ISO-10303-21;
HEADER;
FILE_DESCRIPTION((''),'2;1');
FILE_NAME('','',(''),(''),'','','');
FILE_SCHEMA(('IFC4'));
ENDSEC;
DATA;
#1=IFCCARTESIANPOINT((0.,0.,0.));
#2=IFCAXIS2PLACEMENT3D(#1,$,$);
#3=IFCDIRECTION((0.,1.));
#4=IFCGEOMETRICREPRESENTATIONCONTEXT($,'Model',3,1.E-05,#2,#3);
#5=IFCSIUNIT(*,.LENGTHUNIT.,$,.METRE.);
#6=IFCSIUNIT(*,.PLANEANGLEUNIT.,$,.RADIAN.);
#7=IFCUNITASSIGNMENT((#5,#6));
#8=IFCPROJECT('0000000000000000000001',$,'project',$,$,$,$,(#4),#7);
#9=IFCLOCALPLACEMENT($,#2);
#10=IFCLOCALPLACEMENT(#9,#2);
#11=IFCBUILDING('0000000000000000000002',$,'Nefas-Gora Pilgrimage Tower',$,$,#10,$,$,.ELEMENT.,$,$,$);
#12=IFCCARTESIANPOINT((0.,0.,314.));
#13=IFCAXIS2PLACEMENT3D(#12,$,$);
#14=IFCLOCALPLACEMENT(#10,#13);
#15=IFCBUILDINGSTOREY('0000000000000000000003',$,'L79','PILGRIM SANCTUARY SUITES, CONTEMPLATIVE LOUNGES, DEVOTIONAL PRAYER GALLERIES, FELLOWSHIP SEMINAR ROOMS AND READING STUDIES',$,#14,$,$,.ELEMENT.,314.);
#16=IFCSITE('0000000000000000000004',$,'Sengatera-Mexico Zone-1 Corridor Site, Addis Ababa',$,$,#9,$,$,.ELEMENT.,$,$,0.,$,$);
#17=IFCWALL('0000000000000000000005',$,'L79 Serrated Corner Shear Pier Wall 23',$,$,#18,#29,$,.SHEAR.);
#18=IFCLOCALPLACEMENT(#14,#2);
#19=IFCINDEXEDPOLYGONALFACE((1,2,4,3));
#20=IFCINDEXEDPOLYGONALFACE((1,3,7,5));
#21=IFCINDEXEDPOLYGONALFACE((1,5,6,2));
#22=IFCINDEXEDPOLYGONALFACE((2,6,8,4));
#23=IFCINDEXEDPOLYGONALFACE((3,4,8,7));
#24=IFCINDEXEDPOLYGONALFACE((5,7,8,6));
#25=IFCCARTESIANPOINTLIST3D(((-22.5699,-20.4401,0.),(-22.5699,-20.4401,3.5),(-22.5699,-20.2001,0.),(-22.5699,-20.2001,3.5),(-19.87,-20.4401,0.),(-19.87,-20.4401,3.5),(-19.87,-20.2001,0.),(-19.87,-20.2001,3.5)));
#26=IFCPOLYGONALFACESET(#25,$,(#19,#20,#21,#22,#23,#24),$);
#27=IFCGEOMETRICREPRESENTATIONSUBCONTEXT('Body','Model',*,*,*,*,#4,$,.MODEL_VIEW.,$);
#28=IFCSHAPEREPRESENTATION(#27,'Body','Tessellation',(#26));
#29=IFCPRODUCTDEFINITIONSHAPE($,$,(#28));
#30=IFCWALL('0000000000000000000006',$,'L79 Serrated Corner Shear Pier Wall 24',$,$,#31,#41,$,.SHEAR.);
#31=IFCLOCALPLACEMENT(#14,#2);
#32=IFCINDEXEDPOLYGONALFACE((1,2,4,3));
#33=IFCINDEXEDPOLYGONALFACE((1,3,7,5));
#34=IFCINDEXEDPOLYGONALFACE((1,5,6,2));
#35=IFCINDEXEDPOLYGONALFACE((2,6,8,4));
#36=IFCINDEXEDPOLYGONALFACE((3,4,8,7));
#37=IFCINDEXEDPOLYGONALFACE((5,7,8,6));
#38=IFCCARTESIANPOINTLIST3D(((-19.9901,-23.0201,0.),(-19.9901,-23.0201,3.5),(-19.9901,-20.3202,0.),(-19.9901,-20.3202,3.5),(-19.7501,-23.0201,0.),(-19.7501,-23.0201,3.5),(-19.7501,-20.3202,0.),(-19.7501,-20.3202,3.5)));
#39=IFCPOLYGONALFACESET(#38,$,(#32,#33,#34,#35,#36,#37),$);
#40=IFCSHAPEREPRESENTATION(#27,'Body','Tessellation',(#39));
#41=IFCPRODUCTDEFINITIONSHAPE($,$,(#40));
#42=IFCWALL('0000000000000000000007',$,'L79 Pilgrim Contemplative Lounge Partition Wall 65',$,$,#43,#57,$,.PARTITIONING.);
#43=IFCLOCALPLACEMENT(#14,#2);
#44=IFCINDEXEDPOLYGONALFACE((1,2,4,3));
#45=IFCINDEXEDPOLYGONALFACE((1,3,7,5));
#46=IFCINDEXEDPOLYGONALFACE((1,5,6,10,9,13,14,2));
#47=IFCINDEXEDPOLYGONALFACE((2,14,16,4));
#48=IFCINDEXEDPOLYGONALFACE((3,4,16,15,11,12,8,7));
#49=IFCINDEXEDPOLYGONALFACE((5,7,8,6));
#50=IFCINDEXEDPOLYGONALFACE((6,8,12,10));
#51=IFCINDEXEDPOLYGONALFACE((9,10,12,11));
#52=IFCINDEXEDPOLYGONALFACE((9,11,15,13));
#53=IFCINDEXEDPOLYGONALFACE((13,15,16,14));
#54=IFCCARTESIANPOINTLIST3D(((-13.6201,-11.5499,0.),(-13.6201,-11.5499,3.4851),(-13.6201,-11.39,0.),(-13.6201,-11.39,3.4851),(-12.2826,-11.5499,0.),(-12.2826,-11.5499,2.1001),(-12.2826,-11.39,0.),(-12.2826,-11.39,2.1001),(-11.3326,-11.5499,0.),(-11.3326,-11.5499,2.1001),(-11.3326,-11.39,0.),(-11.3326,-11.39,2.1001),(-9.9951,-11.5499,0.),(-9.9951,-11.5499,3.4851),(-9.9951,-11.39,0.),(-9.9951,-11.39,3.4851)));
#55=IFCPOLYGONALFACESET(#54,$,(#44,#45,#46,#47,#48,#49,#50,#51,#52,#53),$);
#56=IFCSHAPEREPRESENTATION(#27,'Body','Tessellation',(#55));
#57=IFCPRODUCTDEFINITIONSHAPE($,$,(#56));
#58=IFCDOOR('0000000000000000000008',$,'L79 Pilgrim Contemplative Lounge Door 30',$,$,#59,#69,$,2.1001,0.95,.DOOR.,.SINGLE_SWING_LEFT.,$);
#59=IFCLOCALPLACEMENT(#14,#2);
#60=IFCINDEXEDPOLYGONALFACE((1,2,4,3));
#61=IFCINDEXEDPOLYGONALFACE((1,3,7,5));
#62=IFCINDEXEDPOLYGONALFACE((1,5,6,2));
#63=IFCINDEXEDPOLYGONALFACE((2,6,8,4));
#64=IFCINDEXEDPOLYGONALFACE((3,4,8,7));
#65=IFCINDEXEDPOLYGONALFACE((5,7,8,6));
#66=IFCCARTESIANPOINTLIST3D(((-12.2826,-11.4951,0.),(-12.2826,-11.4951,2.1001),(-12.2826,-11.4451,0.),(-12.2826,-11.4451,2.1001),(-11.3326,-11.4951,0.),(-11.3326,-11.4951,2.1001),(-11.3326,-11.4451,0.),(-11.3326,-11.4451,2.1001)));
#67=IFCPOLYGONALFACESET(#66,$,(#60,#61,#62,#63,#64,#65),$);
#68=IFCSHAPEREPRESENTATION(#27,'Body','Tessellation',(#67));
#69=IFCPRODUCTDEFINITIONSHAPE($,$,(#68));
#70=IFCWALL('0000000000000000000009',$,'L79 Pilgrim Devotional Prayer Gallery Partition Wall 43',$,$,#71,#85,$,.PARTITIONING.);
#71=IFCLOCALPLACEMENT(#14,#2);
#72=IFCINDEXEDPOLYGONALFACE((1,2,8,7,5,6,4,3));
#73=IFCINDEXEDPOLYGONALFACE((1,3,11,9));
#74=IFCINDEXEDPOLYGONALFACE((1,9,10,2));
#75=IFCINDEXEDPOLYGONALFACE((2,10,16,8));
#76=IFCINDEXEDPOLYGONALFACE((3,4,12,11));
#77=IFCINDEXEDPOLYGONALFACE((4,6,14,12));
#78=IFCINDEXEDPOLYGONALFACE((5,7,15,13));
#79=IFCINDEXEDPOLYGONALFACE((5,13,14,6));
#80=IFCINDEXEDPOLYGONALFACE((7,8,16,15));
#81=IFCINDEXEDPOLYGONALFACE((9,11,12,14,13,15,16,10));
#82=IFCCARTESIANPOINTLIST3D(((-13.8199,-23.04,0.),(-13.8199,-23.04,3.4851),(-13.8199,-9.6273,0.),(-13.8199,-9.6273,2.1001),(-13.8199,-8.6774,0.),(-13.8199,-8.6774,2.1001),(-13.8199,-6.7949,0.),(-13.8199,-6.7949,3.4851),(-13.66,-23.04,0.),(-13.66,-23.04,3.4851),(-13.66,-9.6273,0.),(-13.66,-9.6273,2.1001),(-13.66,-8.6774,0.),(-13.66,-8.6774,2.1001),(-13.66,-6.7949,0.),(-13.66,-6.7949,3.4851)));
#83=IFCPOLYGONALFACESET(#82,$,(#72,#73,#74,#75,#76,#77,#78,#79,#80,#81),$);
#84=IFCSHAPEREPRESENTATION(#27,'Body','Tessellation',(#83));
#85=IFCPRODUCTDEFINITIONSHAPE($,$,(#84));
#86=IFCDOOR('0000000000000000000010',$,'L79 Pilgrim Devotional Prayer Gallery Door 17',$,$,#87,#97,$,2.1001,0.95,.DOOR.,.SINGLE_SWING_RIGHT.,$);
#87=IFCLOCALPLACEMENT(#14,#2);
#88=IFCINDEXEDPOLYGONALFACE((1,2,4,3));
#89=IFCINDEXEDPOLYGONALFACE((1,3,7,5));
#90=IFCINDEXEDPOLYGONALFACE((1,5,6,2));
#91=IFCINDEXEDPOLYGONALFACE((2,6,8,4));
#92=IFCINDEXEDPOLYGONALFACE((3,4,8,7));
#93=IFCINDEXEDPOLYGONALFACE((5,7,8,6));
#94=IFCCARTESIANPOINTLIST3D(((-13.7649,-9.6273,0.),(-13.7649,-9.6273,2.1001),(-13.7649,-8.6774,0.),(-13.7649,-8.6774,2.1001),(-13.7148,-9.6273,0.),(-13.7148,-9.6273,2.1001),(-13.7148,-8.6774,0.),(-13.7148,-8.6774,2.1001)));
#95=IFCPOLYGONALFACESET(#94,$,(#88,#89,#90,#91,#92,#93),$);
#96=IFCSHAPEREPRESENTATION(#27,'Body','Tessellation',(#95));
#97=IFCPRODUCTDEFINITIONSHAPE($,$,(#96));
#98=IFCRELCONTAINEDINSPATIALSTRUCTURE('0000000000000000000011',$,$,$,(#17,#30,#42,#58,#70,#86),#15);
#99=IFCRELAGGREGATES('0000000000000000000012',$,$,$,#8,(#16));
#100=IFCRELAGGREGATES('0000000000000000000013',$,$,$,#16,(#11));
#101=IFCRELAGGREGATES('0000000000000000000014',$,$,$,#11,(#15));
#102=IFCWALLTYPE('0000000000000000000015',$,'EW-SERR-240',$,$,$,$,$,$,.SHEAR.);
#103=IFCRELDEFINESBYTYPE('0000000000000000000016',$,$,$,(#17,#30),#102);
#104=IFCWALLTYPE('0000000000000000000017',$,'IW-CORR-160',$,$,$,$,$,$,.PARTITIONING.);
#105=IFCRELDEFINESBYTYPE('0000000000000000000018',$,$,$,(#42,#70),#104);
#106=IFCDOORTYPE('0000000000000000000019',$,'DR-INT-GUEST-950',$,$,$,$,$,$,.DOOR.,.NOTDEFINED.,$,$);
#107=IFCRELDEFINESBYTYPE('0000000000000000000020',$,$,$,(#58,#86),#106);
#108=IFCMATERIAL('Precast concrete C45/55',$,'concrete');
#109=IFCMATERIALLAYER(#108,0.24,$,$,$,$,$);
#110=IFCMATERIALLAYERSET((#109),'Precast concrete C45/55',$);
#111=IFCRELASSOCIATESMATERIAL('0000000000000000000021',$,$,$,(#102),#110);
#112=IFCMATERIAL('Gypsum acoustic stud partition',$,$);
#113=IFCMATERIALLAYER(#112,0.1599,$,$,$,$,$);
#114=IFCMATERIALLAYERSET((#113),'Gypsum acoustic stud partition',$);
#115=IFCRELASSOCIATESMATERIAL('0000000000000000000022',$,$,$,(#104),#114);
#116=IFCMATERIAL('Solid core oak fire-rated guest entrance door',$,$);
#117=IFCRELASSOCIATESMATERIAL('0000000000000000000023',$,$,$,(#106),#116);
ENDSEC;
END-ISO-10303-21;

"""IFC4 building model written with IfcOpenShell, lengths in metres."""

from ifc_helpers import new_model, si_unit, direction, frame, frame_2d, origin, place, context, subcontext, project, spatial, rectangle, extrude, source, transform, mapped, material, layer, layer_set, type_object, element, fill, save


model = new_model("IFC4")

# Units and contexts
model_context = context("Model", 3, precision=1e-05, world=origin(), true_north=direction((0.0, 1.0)))
body_context = subcontext(model_context, "Body", "Model", "MODEL_VIEW")
ifc_project = project(units=[si_unit("LENGTHUNIT", "METRE"), si_unit("PLANEANGLEUNIT", "RADIAN")], contexts=[model_context])

# Site, building, storey
site_placement = place(None, origin())
site = spatial("IfcSite", under=ifc_project, at=site_placement, Name="Sengatera-Mexico Zone-1 Corridor Site, Addis Ababa", CompositionType="ELEMENT", RefElevation=0.0)
building_placement = place(site_placement, origin())
building = spatial("IfcBuilding", under=site, at=building_placement, Name="Nefas-Gora Pilgrimage Tower", CompositionType="ELEMENT")
storey_placement = place(building_placement, frame((0.0, 0.0, 314.0)))
storey = spatial("IfcBuildingStorey", under=building, at=storey_placement, Name="L79", Description="PILGRIM SANCTUARY SUITES, CONTEMPLATIVE LOUNGES, DEVOTIONAL PRAYER GALLERIES, FELLOWSHIP SEMINAR ROOMS AND READING STUDIES", CompositionType="ELEMENT", Elevation=314.0)

# Shared definitions
ifc_material_1 = material(Name="Precast concrete C45/55", Category="concrete")
ifc_layer_1 = layer(ifc_material_1, 0.24)
ifc_layer_set_1 = layer_set([ifc_layer_1], Name="Precast concrete C45/55")
wall_type_1 = type_object("IfcWallType", Name="EW-SERR-240", PredefinedType="SHEAR", material=ifc_layer_set_1)
shared_shape_1 = source(origin(), body_context, "Body", "SweptSolid", [
    extrude(rectangle(XDim=2.7, YDim=0.24, at=frame_2d((1.3501, 0.0))), origin(), (0.0, 0.0, 1.0), 3.5),
])

# Walls
for number, where, z_axis, x_axis, name in (
    (1, (-22.5701, -20.3201, 0.0), (0.0, 0.0, 1.0), (1.0, 0.0, 0.0), "L79 Serrated Corner Shear Pier Wall 23"),
    (2, (-19.8701, -20.3201, 0.0), (0.0, 0.0, 1.0), (0.0, -1.0, 0.0), "L79 Serrated Corner Shear Pier Wall 24"),
):
    element("IfcWall", number, at=place(storey_placement, frame(where, z_axis=z_axis, x_axis=x_axis)), inside=storey, type_object=wall_type_1, Name=name, PredefinedType="SHEAR", context=body_context, shape_type="MappedRepresentation", body=[
        mapped(shared_shape_1, transform((0.0, 0.0, 0.0), x_axis=(1.0, 0.0, 0.0), y_axis=(0.0, 1.0, 0.0), z_axis=(0.0, 0.0, 1.0), scale=1.0)),
    ])

# Walls, openings, doors
ifc_material_2 = material(Name="Gypsum acoustic stud partition")
ifc_layer_2 = layer(ifc_material_2, 0.1599)
ifc_layer_set_2 = layer_set([ifc_layer_2], Name="Gypsum acoustic stud partition")
wall_type_2 = type_object("IfcWallType", Name="IW-CORR-160", PredefinedType="PARTITIONING", material=ifc_layer_set_2)
shared_shape_2 = source(origin(), body_context, "Body", "SweptSolid", [
    extrude(rectangle(XDim=3.625, YDim=0.1599, at=frame_2d((1.8125, 0.0))), origin(), (0.0, 0.0, 1.0), 3.4851),
])
wall_1_placement = place(storey_placement, frame((-13.6201, -11.47, 0.0), z_axis=(0.0, 0.0, 1.0), x_axis=(1.0, 0.0, 0.0)))
wall_1 = element("IfcWall", 3, at=wall_1_placement, inside=storey, type_object=wall_type_2, Name="L79 Pilgrim Contemplative Lounge Partition Wall 65", PredefinedType="PARTITIONING", context=body_context, shape_type="MappedRepresentation", body=[
    mapped(shared_shape_2, transform((0.0, 0.0, 0.0), x_axis=(1.0, 0.0, 0.0), y_axis=(0.0, 1.0, 0.0), z_axis=(0.0, 0.0, 1.0), scale=1.0)),
])
opening_1_placement = place(wall_1_placement, frame((1.3374, 0.0, 0.0)))
opening_1 = element("IfcOpeningElement", 4, at=opening_1_placement, cuts=wall_1, PredefinedType="OPENING", context=body_context, shape_type="SweptSolid", body=[
    extrude(rectangle(XDim=0.95, YDim=2.1001, at=frame_2d((0.4751, 1.05))), frame((0.0, 0.0898, 0.0), z_axis=(0.0, -1.0, 0.0), x_axis=(1.0, 0.0, 0.0)), (0.0, 0.0, 1.0), 0.1799),
])
ifc_material_3 = material(Name="Solid core oak fire-rated guest entrance door")
door_type = type_object("IfcDoorType", Name="DR-INT-GUEST-950", OperationType="NOTDEFINED", PredefinedType="DOOR", material=ifc_material_3)
shared_shape_3 = source(origin(), body_context, "Body", "SweptSolid", [
    extrude(rectangle(XDim=0.95, YDim=2.1001, at=frame_2d((0.4751, 1.05))), frame((0.0, 0.0249, 0.0), z_axis=(0.0, -1.0, 0.0), x_axis=(1.0, 0.0, 0.0)), (0.0, 0.0, 1.0), 0.05),
])
door_1_placement = place(opening_1_placement, origin())
door_1 = element("IfcDoor", 5, at=door_1_placement, inside=storey, type_object=door_type, Name="L79 Pilgrim Contemplative Lounge Door 30", OperationType="SINGLE_SWING_LEFT", OverallHeight=2.1001, OverallWidth=0.95, PredefinedType="DOOR", context=body_context, shape_type="MappedRepresentation", body=[
    mapped(shared_shape_3, transform((0.0, 0.0, 0.0), x_axis=(1.0, 0.0, 0.0), y_axis=(0.0, 1.0, 0.0), z_axis=(0.0, 0.0, 1.0), scale=1.0)),
])
fill(opening_1, door_1)
shared_shape_4 = source(origin(), body_context, "Body", "SweptSolid", [
    extrude(rectangle(XDim=16.2451, YDim=0.1599, at=frame_2d((8.1226, 0.0))), origin(), (0.0, 0.0, 1.0), 3.4851),
])
wall_2_placement = place(storey_placement, frame((-13.74, -23.04, 0.0), z_axis=(0.0, 0.0, 1.0), x_axis=(0.0, 1.0, 0.0)))
wall_2 = element("IfcWall", 6, at=wall_2_placement, inside=storey, type_object=wall_type_2, Name="L79 Pilgrim Devotional Prayer Gallery Partition Wall 43", PredefinedType="PARTITIONING", context=body_context, shape_type="MappedRepresentation", body=[
    mapped(shared_shape_4, transform((0.0, 0.0, 0.0), x_axis=(1.0, 0.0, 0.0), y_axis=(0.0, 1.0, 0.0), z_axis=(0.0, 0.0, 1.0), scale=1.0)),
])
opening_2_placement = place(wall_2_placement, frame((13.4126, 0.0, 0.0)))
opening_2 = element("IfcOpeningElement", 7, at=opening_2_placement, cuts=wall_2, PredefinedType="OPENING", context=body_context, shape_type="SweptSolid", body=[
    extrude(rectangle(XDim=0.95, YDim=2.1001, at=frame_2d((0.4751, 1.05))), frame((0.0, 0.0898, 0.0), z_axis=(0.0, -1.0, 0.0), x_axis=(1.0, 0.0, 0.0)), (0.0, 0.0, 1.0), 0.1799),
])
door_2_placement = place(opening_2_placement, origin())
door_2 = element("IfcDoor", 8, at=door_2_placement, inside=storey, type_object=door_type, Name="L79 Pilgrim Devotional Prayer Gallery Door 17", OperationType="SINGLE_SWING_RIGHT", OverallHeight=2.1001, OverallWidth=0.95, PredefinedType="DOOR", context=body_context, shape_type="MappedRepresentation", body=[
    mapped(shared_shape_3, transform((0.0, 0.0, 0.0), x_axis=(1.0, 0.0, 0.0), y_axis=(0.0, 1.0, 0.0), z_axis=(0.0, 0.0, 1.0), scale=1.0)),
])
fill(opening_2, door_2)

save(model, "model.ifc")
